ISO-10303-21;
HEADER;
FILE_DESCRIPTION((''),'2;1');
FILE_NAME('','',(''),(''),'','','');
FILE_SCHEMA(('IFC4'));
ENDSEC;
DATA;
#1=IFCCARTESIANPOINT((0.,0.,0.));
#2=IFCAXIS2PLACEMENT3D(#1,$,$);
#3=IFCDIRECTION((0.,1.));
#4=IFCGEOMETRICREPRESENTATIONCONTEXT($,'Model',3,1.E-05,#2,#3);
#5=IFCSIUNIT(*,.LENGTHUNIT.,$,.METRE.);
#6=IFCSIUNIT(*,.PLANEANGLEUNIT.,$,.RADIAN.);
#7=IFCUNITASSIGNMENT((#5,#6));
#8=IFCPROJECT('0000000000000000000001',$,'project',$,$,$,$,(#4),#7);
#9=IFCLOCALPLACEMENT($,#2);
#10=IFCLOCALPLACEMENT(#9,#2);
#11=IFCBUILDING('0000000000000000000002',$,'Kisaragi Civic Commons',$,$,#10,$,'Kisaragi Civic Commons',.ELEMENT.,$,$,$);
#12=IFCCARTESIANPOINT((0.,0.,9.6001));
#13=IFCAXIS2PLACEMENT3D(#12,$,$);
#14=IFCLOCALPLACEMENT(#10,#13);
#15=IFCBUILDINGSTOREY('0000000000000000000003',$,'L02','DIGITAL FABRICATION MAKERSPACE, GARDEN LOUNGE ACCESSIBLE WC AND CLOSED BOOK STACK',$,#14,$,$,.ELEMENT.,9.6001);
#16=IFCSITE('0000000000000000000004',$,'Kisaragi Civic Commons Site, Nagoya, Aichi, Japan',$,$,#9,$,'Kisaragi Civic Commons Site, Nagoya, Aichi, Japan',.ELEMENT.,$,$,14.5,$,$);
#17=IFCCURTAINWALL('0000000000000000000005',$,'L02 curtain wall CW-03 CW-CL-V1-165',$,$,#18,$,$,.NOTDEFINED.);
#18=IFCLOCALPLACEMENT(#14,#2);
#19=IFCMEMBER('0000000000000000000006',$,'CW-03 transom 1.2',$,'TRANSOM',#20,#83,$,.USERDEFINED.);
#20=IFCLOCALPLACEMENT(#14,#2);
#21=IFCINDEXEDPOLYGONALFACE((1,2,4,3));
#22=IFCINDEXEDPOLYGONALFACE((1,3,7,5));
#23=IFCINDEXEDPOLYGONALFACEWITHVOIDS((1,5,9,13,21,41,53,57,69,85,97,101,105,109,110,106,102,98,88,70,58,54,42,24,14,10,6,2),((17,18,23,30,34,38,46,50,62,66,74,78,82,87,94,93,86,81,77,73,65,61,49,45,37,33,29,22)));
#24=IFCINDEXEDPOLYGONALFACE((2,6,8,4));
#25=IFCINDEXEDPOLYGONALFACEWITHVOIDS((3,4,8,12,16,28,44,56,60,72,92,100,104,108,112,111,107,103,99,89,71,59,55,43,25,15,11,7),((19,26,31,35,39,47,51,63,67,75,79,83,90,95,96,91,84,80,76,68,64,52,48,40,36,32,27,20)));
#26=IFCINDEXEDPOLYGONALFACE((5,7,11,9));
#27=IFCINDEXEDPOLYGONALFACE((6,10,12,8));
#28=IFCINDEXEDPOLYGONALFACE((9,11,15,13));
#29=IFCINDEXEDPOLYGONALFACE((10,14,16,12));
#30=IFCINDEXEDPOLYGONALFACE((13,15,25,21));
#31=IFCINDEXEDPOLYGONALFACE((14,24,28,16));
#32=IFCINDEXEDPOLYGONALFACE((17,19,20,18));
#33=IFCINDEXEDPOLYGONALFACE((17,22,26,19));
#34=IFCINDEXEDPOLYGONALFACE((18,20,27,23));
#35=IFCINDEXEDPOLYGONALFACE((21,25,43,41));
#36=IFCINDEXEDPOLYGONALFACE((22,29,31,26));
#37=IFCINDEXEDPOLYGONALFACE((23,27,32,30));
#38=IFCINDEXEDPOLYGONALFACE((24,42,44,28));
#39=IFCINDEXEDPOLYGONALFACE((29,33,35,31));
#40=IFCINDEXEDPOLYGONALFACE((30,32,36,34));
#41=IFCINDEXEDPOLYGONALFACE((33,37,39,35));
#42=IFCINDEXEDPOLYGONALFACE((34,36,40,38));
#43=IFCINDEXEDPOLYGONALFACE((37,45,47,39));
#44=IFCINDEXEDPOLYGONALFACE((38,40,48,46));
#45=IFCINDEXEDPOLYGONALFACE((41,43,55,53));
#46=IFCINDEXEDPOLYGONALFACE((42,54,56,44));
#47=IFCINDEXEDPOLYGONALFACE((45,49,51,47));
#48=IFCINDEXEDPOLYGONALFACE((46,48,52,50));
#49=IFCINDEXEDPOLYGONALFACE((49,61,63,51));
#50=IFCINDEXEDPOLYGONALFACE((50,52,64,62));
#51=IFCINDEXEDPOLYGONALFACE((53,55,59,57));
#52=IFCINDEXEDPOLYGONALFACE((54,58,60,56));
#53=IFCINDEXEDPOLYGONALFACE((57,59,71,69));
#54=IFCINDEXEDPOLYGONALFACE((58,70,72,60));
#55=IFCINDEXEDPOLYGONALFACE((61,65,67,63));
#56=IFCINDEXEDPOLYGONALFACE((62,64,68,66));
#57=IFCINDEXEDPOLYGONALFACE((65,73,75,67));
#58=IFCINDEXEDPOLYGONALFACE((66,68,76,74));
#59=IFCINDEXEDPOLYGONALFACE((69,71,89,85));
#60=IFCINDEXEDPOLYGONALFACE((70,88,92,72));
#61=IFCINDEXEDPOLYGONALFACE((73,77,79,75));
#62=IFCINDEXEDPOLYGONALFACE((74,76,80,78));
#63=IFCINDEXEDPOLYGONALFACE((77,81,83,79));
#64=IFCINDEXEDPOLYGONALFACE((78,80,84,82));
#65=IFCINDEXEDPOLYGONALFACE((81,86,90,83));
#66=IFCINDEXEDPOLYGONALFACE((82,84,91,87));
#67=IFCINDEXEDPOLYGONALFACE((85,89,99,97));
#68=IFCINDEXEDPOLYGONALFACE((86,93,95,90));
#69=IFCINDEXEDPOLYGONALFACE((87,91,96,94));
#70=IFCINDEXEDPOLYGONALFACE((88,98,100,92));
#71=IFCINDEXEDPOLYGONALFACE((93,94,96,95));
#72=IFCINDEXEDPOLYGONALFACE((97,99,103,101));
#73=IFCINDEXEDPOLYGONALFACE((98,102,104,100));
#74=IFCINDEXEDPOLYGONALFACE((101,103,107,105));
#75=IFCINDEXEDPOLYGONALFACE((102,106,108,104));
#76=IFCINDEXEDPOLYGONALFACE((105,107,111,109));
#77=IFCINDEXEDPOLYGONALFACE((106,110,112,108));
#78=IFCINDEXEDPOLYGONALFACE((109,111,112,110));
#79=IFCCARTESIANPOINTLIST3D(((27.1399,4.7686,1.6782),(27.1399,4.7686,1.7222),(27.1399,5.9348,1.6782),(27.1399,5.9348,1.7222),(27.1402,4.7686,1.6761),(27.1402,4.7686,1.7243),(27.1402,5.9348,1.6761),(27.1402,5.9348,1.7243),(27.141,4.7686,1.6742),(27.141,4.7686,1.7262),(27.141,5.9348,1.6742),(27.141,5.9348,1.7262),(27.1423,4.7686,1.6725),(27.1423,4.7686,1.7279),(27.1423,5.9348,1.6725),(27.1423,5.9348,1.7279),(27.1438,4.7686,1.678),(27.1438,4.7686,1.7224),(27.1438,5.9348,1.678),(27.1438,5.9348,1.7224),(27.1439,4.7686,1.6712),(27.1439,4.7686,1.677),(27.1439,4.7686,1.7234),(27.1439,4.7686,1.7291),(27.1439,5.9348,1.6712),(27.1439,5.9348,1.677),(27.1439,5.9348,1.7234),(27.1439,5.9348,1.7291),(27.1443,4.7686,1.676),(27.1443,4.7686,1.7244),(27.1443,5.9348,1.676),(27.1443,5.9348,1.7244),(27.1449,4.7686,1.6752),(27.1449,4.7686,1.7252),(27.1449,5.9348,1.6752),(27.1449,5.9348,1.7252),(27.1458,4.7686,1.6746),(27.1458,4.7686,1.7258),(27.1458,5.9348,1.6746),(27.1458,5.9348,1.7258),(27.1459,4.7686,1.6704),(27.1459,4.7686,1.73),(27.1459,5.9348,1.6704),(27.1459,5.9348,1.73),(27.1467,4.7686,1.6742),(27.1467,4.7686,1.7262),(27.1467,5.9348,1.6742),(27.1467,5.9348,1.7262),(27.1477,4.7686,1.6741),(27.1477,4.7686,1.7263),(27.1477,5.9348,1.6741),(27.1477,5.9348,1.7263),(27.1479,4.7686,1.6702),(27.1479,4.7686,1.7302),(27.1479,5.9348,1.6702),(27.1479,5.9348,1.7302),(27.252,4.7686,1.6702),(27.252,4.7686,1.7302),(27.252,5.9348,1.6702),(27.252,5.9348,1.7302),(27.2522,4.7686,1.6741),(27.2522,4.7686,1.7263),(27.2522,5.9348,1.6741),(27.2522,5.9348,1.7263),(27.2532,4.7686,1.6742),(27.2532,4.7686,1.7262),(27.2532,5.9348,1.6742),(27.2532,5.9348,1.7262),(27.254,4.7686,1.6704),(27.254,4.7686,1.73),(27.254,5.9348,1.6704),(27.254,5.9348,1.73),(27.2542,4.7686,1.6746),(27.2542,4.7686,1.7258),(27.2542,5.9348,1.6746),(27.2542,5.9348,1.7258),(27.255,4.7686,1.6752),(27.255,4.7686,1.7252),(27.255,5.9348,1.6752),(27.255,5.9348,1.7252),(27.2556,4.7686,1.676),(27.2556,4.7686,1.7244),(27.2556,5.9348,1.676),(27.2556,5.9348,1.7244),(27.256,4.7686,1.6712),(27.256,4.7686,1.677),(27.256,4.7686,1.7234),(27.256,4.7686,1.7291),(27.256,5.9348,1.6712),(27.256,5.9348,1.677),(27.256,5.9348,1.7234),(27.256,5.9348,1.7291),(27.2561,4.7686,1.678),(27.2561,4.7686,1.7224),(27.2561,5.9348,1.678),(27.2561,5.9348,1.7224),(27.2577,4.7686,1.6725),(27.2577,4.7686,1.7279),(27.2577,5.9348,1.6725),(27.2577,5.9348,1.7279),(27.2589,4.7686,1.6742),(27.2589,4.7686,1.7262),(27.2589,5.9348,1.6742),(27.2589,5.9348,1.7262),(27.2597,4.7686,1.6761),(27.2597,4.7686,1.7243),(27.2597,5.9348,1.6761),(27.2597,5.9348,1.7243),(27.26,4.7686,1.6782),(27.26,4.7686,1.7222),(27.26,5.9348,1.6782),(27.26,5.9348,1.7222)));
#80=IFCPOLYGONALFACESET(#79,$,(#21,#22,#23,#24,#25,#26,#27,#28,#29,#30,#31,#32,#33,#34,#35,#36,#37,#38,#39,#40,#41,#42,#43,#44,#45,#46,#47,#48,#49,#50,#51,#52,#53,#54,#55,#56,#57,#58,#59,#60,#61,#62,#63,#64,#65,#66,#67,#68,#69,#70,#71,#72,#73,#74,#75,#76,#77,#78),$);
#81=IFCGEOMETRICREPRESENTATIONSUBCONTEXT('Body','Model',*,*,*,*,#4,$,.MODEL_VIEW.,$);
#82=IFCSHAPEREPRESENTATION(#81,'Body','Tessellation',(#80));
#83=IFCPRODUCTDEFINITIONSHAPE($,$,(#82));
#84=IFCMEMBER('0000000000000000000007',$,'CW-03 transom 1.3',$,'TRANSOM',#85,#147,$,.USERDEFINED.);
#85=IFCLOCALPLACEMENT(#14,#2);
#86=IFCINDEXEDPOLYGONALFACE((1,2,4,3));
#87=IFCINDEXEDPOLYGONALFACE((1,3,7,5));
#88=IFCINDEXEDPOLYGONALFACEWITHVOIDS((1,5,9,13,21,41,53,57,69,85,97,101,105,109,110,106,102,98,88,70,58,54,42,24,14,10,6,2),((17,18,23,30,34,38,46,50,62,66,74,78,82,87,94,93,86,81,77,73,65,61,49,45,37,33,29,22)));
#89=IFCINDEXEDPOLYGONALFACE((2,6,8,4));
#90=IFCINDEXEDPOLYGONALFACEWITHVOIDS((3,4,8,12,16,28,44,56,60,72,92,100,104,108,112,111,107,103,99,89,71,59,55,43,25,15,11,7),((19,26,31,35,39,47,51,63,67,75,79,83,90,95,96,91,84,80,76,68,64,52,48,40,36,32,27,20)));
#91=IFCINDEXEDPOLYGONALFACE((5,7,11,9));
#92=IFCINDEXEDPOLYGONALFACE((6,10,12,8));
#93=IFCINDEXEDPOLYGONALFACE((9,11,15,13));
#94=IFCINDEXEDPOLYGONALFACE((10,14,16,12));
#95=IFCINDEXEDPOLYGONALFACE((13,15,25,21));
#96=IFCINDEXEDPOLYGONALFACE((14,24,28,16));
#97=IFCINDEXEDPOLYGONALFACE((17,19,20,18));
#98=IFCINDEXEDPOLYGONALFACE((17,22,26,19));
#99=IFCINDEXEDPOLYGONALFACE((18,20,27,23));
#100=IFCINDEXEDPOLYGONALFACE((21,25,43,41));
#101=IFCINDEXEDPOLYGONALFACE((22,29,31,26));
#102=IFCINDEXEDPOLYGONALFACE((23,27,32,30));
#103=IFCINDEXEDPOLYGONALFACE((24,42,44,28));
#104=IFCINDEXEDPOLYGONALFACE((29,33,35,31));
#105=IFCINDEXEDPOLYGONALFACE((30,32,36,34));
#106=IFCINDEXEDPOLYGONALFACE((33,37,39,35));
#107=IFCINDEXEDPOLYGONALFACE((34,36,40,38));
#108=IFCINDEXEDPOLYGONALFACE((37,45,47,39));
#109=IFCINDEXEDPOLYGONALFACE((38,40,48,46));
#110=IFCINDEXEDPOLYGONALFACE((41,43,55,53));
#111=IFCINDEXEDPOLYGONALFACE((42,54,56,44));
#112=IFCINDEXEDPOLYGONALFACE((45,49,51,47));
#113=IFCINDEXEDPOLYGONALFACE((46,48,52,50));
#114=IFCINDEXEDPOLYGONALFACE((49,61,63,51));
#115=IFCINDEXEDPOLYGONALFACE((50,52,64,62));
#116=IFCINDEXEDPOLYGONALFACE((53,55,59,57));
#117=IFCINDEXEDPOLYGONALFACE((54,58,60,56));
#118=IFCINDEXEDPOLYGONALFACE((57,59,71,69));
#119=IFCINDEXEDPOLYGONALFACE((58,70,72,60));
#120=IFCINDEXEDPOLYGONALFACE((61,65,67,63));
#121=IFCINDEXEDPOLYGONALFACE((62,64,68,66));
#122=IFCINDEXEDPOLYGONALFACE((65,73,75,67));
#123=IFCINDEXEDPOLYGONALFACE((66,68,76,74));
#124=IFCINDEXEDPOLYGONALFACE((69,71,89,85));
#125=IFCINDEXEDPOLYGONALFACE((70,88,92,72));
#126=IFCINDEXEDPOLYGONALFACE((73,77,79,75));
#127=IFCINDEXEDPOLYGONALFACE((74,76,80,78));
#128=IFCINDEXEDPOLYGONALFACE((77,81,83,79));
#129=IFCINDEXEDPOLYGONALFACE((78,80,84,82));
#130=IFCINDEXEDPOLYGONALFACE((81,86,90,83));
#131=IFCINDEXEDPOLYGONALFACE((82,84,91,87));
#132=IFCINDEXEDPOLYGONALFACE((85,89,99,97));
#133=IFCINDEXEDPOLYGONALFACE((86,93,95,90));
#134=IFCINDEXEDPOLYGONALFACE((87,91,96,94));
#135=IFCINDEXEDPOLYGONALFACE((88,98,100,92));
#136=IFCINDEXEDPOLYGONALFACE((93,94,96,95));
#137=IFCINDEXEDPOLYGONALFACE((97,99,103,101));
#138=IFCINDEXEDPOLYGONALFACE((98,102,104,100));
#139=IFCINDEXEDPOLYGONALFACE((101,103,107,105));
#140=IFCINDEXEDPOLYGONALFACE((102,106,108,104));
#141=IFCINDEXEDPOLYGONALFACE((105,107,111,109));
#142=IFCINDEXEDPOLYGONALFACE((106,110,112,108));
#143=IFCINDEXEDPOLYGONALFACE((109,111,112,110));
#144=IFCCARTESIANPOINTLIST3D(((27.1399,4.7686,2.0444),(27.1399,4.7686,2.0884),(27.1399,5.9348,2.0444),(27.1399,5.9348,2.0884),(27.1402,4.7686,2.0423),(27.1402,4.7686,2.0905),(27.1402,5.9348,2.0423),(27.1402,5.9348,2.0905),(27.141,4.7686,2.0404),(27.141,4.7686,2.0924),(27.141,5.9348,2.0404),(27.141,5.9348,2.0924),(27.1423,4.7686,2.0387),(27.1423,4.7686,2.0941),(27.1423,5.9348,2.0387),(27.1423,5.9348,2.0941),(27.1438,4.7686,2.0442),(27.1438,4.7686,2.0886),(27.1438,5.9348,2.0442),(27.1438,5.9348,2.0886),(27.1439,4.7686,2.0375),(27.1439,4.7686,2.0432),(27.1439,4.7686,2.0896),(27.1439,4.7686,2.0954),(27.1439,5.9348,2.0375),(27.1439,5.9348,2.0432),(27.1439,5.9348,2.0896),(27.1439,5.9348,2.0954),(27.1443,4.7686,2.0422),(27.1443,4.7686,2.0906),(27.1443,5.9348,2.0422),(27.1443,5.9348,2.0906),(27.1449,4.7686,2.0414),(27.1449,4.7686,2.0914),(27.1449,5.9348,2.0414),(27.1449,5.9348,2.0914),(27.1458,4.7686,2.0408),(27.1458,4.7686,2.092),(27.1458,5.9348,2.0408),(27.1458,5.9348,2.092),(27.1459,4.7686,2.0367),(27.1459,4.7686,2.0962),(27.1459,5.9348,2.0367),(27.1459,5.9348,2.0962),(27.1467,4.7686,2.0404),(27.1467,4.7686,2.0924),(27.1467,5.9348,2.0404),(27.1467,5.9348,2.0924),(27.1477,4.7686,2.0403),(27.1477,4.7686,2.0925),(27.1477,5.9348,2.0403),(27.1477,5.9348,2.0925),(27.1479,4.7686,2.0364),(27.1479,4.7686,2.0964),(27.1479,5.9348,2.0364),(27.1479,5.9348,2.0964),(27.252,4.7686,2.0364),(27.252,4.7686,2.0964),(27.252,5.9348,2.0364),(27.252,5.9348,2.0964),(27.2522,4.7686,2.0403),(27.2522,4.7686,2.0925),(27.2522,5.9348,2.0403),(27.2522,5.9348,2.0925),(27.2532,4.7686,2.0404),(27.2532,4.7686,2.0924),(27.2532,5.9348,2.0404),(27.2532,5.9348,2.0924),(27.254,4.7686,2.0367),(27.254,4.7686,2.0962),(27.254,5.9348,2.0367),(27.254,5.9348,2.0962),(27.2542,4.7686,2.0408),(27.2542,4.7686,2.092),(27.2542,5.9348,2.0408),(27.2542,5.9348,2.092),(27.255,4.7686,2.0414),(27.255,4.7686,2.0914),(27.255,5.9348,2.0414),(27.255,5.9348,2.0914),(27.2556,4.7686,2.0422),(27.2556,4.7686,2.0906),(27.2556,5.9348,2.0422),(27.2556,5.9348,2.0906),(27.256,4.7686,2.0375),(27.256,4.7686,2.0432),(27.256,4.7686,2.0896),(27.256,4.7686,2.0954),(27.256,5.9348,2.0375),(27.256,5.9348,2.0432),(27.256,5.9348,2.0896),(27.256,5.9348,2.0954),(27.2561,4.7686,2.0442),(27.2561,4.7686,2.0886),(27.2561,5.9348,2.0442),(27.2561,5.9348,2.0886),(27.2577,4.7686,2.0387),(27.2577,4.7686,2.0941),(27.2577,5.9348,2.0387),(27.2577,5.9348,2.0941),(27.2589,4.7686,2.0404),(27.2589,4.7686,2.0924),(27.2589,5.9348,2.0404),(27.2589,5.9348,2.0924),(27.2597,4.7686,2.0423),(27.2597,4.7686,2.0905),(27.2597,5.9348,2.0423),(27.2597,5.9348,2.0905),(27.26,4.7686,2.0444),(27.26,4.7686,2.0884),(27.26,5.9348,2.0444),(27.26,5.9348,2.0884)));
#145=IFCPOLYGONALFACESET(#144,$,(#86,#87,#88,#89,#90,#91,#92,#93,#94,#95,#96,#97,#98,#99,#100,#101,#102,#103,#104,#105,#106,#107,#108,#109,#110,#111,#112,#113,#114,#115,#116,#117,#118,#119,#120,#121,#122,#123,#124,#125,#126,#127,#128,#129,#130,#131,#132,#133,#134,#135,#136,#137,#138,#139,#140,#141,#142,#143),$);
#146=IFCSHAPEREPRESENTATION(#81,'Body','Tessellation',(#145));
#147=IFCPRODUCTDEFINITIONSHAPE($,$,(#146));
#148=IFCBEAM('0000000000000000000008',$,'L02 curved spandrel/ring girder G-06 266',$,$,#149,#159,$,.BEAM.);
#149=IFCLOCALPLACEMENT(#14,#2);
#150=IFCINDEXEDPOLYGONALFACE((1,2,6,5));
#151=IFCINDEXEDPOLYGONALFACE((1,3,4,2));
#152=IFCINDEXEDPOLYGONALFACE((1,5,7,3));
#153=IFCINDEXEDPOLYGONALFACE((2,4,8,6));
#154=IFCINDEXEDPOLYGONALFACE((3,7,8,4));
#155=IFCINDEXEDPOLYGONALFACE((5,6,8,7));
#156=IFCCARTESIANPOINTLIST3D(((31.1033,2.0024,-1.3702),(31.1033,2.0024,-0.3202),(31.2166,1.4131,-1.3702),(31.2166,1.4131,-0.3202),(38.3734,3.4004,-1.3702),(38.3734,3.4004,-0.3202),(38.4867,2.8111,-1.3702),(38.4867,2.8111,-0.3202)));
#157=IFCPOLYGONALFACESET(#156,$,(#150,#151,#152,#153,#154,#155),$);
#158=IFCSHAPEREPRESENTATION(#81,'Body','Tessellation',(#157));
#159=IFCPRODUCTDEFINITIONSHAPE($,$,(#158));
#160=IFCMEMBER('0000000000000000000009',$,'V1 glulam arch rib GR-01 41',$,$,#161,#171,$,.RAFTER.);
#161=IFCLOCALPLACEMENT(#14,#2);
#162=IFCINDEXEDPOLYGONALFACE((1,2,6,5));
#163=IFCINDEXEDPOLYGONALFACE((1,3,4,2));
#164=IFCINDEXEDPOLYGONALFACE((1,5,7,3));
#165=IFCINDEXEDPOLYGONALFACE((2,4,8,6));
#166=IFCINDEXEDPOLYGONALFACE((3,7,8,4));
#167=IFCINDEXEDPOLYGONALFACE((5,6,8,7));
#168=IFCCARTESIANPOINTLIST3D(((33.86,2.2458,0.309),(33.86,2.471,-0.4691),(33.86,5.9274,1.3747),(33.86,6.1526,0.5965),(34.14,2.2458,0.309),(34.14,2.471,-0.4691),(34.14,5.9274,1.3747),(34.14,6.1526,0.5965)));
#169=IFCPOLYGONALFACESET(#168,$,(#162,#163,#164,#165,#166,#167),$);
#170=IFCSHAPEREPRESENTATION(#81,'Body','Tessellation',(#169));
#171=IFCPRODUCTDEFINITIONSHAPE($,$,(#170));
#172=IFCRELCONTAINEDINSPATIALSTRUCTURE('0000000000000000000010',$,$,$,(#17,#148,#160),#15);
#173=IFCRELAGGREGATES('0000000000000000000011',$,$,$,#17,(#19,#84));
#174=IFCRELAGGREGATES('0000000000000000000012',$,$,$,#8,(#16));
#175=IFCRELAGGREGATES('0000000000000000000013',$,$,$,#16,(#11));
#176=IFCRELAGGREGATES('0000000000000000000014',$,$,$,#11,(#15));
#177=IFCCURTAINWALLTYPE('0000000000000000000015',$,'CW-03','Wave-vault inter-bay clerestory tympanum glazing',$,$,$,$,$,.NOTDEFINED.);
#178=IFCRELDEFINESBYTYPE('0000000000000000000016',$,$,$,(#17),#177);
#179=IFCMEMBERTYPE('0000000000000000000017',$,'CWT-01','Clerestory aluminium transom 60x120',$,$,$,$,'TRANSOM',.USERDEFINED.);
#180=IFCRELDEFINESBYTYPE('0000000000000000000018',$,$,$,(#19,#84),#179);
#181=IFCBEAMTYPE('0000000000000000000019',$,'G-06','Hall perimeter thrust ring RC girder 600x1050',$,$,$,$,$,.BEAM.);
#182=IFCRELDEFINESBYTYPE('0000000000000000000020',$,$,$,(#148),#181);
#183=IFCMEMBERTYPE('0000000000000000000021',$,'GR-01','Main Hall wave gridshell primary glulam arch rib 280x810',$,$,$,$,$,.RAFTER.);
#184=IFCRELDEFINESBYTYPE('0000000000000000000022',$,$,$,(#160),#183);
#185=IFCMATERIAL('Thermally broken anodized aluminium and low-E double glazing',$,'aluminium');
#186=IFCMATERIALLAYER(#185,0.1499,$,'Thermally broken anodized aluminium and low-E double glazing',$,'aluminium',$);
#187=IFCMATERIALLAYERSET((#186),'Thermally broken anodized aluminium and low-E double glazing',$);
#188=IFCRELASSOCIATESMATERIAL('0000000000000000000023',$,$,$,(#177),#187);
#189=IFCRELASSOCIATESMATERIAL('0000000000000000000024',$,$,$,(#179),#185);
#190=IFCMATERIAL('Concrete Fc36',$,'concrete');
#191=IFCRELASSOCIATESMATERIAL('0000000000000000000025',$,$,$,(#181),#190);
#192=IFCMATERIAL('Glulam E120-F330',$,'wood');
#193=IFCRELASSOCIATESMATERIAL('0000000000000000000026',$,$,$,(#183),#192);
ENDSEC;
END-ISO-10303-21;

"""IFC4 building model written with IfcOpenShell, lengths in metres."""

from ifc_helpers import new_model, si_unit, direction, frame, origin, origin_2d, place, context, subcontext, project, spatial, rectangle, hollow_rectangle, extrude, material, layer, layer_set, material_profile, profile_set, type_object, element, aggregate, save


model = new_model("IFC4")

# Units and contexts
model_context = context("Model", 3, precision=1e-05, world=origin(), true_north=direction((0.0, 1.0)))
body_context = subcontext(model_context, "Body", "Model", "MODEL_VIEW")
ifc_project = project(units=[si_unit("LENGTHUNIT", "METRE"), si_unit("PLANEANGLEUNIT", "RADIAN")], contexts=[model_context])

# Site, building, storey
site_placement = place(None, origin())
site = spatial("IfcSite", under=ifc_project, at=site_placement, Name="Kisaragi Civic Commons Site, Nagoya, Aichi, Japan", LongName="Kisaragi Civic Commons Site, Nagoya, Aichi, Japan", CompositionType="ELEMENT", RefElevation=14.5)
building_placement = place(site_placement, origin())
building = spatial("IfcBuilding", under=site, at=building_placement, Name="Kisaragi Civic Commons", LongName="Kisaragi Civic Commons", CompositionType="ELEMENT")
storey_placement = place(building_placement, frame((0.0, 0.0, 9.6001)))
storey = spatial("IfcBuildingStorey", under=building, at=storey_placement, Name="L02", Description="DIGITAL FABRICATION MAKERSPACE, GARDEN LOUNGE ACCESSIBLE WC AND CLOSED BOOK STACK", CompositionType="ELEMENT", Elevation=9.6001)

# Curtain wall
ifc_material_1 = material(Name="Thermally broken anodized aluminium and low-E double glazing", Category="aluminium")
ifc_layer_1 = layer(ifc_material_1, 0.1499, Name="Thermally broken anodized aluminium and low-E double glazing", Category="aluminium")
ifc_layer_set_1 = layer_set([ifc_layer_1], Name="Thermally broken anodized aluminium and low-E double glazing")
curtain_wall_type = type_object("IfcCurtainWallType", Name="CW-03", Description="Wave-vault inter-bay clerestory tympanum glazing", PredefinedType="NOTDEFINED", material=ifc_layer_set_1)
curtain_wall_1_placement = place(storey_placement, origin())
curtain_wall_1 = element("IfcCurtainWall", 1, at=curtain_wall_1_placement, inside=storey, type_object=curtain_wall_type, Name="L02 curtain wall CW-03 CW-CL-V1-165", PredefinedType="NOTDEFINED")

# Members
ifc_material_profile_1 = material_profile(ifc_material_1, hollow_rectangle(XDim=0.1201, YDim=0.0601, WallThickness=0.0039, InnerFilletRadius=0.0039, OuterFilletRadius=0.0081, at=origin_2d()), Name="CWT-60x120x4", Category="aluminium")
ifc_profile_set_1 = profile_set([ifc_material_profile_1], Name="Thermally broken anodized aluminium and low-E double glazing")
member_type_1 = type_object("IfcMemberType", Name="CWT-01", Description="Clerestory aluminium transom 60x120", ElementType="TRANSOM", PredefinedType="USERDEFINED", material=ifc_profile_set_1)
member_1_placement = place(storey_placement, frame((27.2, 4.7686, 1.7002), z_axis=(0.0, 1.0, 0.0), x_axis=(-1.0, 0.0, 0.0)))
member_1 = element("IfcMember", 2, at=member_1_placement, type_object=member_type_1, Name="CW-03 transom 1.2", ObjectType="TRANSOM", PredefinedType="USERDEFINED", context=body_context, shape_type="SweptSolid", body=[
    extrude(hollow_rectangle(XDim=0.1201, YDim=0.0601, WallThickness=0.0039, InnerFilletRadius=0.0039, OuterFilletRadius=0.0081, at=origin_2d()), origin(), (0.0, 0.0, 1.0), 1.1663),
])
member_2_placement = place(storey_placement, frame((27.2, 4.7686, 2.0664), z_axis=(0.0, 1.0, 0.0), x_axis=(-1.0, 0.0, 0.0)))
member_2 = element("IfcMember", 3, at=member_2_placement, type_object=member_type_1, Name="CW-03 transom 1.3", ObjectType="TRANSOM", PredefinedType="USERDEFINED", context=body_context, shape_type="SweptSolid", body=[
    extrude(hollow_rectangle(XDim=0.1201, YDim=0.0601, WallThickness=0.0039, InnerFilletRadius=0.0039, OuterFilletRadius=0.0081, at=origin_2d()), origin(), (0.0, 0.0, 1.0), 1.1663),
])

# Beam
ifc_material_2 = material(Name="Concrete Fc36", Category="concrete")
ifc_material_profile_2 = material_profile(ifc_material_2, rectangle(XDim=0.6001, YDim=1.05, at=origin_2d()), Name="RC-600x1050", Category="concrete")
ifc_profile_set_2 = profile_set([ifc_material_profile_2], Name="Concrete Fc36")
beam_type = type_object("IfcBeamType", Name="G-06", Description="Hall perimeter thrust ring RC girder 600x1050", PredefinedType="BEAM", material=ifc_profile_set_2)
beam_placement = place(storey_placement, frame((31.1599, 1.7078, -0.8452), z_axis=(0.98201, 0.18883, 0.0), x_axis=(-0.18883, 0.98201, 0.0)))
element("IfcBeam", 4, at=beam_placement, inside=storey, type_object=beam_type, Name="L02 curved spandrel/ring girder G-06 266", PredefinedType="BEAM", context=body_context, shape_type="SweptSolid", body=[
    extrude(rectangle(XDim=0.6001, YDim=1.05, at=origin_2d()), origin(), (0.0, 0.0, 1.0), 7.4033),
])

# Member
ifc_material_3 = material(Name="Glulam E120-F330", Category="wood")
ifc_material_profile_3 = material_profile(ifc_material_3, rectangle(XDim=0.28, YDim=0.8101, at=origin_2d()), Name="GL-280x810", Category="wood")
ifc_profile_set_3 = profile_set([ifc_material_profile_3], Name="Glulam E120-F330")
member_type_2 = type_object("IfcMemberType", Name="GR-01", Description="Main Hall wave gridshell primary glulam arch rib 280x810", PredefinedType="RAFTER", material=ifc_profile_set_3)
member_3_placement = place(storey_placement, frame((34.0, 2.3584, -0.0801), z_axis=(0.0, 0.960569, 0.278043), x_axis=(-1.0, 0.0, 0.0)))
element("IfcMember", 5, at=member_3_placement, inside=storey, type_object=member_type_2, Name="V1 glulam arch rib GR-01 41", PredefinedType="RAFTER", context=body_context, shape_type="SweptSolid", body=[
    extrude(rectangle(XDim=0.28, YDim=0.8101, at=origin_2d()), origin(), (0.0, 0.0, 1.0), 3.8328),
])

aggregate(curtain_wall_1, [member_1, member_2])

save(model, "model.ifc")
